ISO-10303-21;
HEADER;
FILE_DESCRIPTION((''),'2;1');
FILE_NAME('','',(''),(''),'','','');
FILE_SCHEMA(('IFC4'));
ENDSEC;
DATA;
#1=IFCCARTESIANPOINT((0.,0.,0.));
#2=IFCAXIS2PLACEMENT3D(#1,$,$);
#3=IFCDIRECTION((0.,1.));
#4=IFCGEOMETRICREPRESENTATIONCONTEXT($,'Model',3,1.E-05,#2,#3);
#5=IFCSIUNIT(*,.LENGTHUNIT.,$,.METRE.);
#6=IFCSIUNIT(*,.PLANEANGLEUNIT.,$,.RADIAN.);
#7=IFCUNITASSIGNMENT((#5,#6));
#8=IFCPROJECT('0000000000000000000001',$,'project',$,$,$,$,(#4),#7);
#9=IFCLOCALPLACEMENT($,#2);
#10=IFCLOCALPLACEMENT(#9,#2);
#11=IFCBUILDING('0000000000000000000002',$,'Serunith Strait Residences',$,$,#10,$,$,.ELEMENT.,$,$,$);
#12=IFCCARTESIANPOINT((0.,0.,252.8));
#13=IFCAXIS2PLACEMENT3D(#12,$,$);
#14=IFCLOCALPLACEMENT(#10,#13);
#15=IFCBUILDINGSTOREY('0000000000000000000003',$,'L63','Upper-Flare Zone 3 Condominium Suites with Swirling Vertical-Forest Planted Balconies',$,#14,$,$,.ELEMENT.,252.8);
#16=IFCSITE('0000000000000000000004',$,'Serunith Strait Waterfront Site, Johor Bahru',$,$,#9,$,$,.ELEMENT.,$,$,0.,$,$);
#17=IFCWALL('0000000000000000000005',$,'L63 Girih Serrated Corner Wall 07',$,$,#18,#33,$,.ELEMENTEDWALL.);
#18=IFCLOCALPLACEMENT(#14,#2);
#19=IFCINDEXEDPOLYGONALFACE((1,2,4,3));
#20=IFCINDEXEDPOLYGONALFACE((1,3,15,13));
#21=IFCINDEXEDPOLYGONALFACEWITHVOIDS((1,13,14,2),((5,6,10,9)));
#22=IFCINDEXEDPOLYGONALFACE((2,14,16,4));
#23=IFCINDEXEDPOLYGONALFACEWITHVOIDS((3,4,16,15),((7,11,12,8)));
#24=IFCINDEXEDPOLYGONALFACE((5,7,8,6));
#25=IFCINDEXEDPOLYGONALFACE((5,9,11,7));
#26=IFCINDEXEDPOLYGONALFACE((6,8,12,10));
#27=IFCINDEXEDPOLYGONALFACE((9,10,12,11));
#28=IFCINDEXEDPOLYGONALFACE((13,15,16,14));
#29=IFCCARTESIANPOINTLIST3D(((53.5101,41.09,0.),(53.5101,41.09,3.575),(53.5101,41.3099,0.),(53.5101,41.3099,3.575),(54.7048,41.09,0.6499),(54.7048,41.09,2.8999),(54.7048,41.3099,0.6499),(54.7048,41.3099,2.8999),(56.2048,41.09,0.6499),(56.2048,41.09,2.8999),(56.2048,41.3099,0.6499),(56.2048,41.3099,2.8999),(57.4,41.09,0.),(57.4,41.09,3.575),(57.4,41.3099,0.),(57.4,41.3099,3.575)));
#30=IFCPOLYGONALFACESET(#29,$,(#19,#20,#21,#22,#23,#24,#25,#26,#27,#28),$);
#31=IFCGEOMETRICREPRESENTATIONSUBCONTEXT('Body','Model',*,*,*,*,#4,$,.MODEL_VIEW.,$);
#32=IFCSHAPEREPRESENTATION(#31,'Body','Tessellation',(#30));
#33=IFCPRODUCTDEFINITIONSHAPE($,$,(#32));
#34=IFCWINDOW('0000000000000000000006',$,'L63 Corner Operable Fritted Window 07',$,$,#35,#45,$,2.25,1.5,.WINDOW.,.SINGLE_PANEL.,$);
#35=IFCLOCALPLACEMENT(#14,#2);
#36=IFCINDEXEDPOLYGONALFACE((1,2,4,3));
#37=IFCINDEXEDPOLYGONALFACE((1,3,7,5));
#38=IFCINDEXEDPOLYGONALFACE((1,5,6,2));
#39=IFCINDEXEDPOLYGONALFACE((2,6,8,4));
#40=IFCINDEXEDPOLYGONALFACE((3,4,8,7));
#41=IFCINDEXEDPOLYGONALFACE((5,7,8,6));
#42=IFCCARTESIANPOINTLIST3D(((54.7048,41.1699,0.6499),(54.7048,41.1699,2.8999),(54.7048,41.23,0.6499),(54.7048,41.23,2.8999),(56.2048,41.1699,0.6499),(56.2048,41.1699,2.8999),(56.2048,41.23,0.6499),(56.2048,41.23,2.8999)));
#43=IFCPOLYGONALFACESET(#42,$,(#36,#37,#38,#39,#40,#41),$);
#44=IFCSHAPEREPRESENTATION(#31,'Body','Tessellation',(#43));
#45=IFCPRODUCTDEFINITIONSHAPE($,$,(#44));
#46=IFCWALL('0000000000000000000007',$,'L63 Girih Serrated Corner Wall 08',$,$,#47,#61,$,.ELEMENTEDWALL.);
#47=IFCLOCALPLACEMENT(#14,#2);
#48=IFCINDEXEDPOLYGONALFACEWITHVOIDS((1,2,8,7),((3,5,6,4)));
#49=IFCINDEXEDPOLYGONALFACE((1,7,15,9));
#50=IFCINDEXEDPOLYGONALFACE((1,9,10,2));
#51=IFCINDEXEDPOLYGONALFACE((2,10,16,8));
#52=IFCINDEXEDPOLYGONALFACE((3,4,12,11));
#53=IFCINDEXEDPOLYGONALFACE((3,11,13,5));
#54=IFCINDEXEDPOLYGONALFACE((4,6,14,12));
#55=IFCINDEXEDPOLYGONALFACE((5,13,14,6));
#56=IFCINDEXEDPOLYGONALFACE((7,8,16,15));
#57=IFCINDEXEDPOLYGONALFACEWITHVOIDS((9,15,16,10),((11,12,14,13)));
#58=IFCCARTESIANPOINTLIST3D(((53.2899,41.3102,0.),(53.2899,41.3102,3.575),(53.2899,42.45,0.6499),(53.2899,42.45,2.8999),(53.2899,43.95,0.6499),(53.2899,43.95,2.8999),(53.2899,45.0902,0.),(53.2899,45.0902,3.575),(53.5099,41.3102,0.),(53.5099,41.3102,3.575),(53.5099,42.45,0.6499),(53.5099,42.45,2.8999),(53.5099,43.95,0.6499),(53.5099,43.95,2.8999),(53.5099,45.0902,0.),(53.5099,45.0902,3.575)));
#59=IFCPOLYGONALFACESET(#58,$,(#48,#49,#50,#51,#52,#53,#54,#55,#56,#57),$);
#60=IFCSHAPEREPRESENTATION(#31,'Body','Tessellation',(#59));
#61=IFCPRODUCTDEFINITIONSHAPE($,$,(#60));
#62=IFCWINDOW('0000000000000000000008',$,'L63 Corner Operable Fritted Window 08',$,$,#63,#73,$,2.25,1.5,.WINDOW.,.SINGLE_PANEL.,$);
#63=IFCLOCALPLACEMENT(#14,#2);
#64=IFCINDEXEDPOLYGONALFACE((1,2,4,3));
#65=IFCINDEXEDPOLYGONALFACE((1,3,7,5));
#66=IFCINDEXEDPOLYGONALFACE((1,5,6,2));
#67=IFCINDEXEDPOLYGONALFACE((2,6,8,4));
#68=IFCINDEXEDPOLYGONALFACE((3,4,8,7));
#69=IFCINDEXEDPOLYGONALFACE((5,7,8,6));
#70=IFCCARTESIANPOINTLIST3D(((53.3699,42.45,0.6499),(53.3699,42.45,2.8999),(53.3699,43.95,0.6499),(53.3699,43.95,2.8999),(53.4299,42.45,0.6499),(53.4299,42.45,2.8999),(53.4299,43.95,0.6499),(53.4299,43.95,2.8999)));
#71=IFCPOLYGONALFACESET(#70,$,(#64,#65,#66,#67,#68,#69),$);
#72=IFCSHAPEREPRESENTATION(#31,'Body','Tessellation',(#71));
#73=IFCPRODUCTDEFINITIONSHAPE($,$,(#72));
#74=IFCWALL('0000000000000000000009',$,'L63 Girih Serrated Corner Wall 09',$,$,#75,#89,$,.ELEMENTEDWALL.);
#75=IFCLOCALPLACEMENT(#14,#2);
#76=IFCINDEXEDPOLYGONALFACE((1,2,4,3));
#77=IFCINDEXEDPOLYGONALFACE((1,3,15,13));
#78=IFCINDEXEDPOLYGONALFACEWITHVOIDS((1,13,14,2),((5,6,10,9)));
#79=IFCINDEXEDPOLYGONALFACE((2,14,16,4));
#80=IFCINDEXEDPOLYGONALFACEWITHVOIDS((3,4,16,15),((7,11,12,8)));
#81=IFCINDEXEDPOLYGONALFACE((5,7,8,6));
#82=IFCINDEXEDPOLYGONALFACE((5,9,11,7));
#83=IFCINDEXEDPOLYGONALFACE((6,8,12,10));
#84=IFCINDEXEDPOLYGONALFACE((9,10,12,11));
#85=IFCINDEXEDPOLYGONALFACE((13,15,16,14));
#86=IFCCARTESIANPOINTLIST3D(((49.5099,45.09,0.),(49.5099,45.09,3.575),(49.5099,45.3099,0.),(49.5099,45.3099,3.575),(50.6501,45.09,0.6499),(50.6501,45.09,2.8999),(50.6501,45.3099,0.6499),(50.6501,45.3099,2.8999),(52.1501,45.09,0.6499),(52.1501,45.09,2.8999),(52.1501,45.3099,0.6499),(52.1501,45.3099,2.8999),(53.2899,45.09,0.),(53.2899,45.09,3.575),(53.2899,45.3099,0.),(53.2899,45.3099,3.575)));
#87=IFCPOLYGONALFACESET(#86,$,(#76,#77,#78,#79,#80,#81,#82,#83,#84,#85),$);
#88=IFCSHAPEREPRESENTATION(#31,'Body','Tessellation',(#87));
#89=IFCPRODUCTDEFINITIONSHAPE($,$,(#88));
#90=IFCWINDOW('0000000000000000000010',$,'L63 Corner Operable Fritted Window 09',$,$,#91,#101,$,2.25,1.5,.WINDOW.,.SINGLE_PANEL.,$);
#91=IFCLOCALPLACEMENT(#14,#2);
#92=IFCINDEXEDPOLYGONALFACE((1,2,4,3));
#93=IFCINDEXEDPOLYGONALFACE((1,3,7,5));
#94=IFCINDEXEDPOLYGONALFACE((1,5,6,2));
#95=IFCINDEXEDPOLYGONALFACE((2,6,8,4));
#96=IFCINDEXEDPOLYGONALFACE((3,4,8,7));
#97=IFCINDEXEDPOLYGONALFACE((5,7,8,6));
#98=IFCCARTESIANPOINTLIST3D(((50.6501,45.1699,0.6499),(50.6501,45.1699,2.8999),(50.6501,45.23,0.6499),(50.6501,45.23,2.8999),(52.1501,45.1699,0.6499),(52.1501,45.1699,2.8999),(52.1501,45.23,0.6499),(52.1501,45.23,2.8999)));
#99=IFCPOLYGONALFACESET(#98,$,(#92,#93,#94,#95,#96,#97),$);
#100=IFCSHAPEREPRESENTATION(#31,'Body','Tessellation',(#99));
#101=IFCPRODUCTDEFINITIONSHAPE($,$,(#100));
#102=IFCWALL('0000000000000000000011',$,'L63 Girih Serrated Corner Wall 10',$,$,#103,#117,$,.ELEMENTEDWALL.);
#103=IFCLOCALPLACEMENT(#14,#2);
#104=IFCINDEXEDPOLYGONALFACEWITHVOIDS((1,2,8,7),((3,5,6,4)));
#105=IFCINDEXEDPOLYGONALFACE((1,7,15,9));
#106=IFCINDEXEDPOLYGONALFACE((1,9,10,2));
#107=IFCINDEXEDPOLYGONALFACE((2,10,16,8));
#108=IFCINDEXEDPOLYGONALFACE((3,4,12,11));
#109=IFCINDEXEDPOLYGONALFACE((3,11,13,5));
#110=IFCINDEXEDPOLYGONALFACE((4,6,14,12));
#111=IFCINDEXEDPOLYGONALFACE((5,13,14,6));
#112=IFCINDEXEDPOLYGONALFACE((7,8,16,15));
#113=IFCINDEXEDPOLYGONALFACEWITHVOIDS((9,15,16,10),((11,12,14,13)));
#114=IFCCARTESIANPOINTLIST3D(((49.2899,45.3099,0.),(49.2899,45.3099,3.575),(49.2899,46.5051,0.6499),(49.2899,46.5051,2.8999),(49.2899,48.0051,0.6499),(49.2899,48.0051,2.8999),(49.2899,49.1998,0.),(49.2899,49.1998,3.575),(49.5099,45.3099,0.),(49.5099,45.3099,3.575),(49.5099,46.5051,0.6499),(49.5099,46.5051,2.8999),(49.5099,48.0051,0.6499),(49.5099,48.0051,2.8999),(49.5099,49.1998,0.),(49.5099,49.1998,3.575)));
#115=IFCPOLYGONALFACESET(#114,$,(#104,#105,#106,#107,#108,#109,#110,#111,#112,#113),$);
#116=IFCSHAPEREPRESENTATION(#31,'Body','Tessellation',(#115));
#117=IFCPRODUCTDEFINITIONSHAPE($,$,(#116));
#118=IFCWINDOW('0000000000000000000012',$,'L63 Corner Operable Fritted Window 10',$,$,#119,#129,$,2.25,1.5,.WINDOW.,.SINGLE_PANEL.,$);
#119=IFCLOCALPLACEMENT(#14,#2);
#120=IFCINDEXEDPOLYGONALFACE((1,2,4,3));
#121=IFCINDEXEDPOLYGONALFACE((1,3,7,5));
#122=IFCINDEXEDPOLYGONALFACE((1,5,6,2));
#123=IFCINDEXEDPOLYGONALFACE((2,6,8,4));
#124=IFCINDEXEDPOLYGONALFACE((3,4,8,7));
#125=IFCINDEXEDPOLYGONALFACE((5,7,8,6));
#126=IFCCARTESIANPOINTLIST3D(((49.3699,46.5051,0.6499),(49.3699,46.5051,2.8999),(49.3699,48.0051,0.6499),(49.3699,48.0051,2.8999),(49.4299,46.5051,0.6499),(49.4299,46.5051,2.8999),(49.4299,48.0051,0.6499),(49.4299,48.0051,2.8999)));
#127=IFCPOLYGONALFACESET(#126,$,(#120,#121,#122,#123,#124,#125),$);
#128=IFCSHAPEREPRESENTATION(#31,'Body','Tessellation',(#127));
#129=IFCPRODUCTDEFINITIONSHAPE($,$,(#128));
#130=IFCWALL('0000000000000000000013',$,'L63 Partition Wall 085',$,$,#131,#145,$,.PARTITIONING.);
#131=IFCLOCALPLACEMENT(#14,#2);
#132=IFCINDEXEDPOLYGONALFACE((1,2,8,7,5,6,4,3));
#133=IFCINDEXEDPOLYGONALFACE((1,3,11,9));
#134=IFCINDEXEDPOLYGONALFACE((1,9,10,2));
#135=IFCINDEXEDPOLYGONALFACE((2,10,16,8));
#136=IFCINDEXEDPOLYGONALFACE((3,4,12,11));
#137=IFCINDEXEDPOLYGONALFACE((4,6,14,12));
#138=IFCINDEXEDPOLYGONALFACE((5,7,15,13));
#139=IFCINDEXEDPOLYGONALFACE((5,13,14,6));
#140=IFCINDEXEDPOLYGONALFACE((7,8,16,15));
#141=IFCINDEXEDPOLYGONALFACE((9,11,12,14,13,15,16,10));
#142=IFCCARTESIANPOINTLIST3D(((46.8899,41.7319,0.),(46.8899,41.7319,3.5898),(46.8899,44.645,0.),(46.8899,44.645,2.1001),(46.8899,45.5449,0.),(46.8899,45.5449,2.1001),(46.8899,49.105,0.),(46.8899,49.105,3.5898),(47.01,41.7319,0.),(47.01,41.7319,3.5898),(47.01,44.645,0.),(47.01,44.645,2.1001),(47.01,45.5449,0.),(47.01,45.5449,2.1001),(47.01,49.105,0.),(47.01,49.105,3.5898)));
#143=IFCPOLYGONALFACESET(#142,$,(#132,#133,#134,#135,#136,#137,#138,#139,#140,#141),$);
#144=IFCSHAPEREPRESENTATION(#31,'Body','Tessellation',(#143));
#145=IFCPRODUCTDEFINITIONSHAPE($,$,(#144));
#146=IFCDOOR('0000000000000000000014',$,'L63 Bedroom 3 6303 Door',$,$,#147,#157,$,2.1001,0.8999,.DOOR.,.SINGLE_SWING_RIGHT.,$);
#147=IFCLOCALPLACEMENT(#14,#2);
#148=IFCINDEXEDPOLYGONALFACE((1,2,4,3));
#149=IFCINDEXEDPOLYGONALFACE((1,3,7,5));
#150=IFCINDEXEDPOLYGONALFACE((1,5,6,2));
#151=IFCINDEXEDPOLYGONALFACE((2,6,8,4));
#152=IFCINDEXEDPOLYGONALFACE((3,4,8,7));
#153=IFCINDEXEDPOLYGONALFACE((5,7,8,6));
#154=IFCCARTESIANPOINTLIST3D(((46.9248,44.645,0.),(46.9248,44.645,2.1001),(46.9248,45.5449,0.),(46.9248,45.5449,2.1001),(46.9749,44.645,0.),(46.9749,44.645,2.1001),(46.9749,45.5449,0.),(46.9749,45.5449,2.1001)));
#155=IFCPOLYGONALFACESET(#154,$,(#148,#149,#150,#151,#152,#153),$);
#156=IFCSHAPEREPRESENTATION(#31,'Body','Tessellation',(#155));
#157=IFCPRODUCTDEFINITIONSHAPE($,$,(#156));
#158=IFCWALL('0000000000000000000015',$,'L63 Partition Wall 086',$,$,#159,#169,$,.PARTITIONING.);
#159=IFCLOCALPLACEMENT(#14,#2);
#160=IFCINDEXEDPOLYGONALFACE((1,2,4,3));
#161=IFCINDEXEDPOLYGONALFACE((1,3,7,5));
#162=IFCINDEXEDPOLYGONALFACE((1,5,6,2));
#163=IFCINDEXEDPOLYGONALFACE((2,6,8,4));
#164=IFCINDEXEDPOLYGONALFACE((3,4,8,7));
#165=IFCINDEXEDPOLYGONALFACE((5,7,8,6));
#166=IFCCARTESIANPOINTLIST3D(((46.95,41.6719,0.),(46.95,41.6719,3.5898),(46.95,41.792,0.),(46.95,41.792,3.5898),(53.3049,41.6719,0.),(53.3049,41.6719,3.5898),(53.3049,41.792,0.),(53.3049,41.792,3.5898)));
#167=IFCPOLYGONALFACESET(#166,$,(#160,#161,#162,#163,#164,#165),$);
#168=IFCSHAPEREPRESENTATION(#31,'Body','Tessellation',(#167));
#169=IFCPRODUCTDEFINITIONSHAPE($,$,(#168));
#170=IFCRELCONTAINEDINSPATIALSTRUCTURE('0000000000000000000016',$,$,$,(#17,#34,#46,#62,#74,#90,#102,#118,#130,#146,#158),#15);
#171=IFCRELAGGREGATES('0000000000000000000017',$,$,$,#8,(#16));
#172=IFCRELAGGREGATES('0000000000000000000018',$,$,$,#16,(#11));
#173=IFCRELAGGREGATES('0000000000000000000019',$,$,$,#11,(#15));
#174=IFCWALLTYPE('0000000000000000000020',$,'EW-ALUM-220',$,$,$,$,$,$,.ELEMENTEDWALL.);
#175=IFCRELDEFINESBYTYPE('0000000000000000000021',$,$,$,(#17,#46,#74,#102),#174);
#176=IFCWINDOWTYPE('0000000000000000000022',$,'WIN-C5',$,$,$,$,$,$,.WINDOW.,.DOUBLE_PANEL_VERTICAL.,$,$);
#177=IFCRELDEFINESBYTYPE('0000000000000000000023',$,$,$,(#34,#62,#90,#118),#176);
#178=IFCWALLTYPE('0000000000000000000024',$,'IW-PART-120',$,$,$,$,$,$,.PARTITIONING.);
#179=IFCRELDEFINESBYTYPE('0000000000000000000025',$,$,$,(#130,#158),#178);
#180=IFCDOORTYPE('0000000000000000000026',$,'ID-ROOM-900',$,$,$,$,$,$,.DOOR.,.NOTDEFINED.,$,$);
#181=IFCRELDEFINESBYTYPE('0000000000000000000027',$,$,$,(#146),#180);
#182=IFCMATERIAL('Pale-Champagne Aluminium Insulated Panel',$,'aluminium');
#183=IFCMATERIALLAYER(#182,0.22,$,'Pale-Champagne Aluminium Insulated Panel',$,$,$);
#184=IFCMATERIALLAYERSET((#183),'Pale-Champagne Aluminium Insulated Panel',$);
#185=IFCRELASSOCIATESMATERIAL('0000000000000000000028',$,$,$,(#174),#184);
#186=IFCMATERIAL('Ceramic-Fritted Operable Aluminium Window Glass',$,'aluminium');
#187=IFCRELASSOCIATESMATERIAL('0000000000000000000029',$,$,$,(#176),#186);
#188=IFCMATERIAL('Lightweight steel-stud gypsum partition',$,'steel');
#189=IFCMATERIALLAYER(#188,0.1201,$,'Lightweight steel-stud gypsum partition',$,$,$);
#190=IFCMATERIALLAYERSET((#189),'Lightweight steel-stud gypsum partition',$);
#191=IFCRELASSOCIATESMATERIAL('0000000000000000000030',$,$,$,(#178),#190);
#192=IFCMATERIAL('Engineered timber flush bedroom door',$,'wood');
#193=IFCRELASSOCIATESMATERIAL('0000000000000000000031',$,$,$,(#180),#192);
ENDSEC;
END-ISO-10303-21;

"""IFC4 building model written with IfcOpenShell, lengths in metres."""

from ifc_helpers import new_model, si_unit, direction, frame, frame_2d, origin, place, context, subcontext, project, spatial, rectangle, extrude, source, transform, mapped, material, layer, layer_set, type_object, element, fill, save


model = new_model("IFC4")

# Units and contexts
model_context = context("Model", 3, precision=1e-05, world=origin(), true_north=direction((0.0, 1.0)))
body_context = subcontext(model_context, "Body", "Model", "MODEL_VIEW")
ifc_project = project(units=[si_unit("LENGTHUNIT", "METRE"), si_unit("PLANEANGLEUNIT", "RADIAN")], contexts=[model_context])

# Site, building, storey
site_placement = place(None, origin())
site = spatial("IfcSite", under=ifc_project, at=site_placement, Name="Serunith Strait Waterfront Site, Johor Bahru", CompositionType="ELEMENT", RefElevation=0.0)
building_placement = place(site_placement, origin())
building = spatial("IfcBuilding", under=site, at=building_placement, Name="Serunith Strait Residences", CompositionType="ELEMENT")
storey_placement = place(building_placement, frame((0.0, 0.0, 252.8)))
storey = spatial("IfcBuildingStorey", under=building, at=storey_placement, Name="L63", Description="Upper-Flare Zone 3 Condominium Suites with Swirling Vertical-Forest Planted Balconies", CompositionType="ELEMENT", Elevation=252.8)

# Walls, openings, windows
ifc_material_1 = material(Name="Pale-Champagne Aluminium Insulated Panel", Category="aluminium")
ifc_layer_1 = layer(ifc_material_1, 0.22, Name="Pale-Champagne Aluminium Insulated Panel")
ifc_layer_set_1 = layer_set([ifc_layer_1], Name="Pale-Champagne Aluminium Insulated Panel")
wall_type_1 = type_object("IfcWallType", Name="EW-ALUM-220", PredefinedType="ELEMENTEDWALL", material=ifc_layer_set_1)
wall_1_placement = place(storey_placement, frame((57.3999, 41.2, 0.0), z_axis=(0.0, 0.0, 1.0), x_axis=(-1.0, 0.0, 0.0)))
wall_1 = element("IfcWall", 1, at=wall_1_placement, inside=storey, type_object=wall_type_1, Name="L63 Girih Serrated Corner Wall 07", PredefinedType="ELEMENTEDWALL", context=body_context, shape_type="SweptSolid", body=[
    extrude(rectangle(XDim=3.8899, YDim=0.22, at=frame_2d((1.9448, 0.0))), origin(), (0.0, 0.0, 1.0), 3.575),
])
opening_1_placement = place(wall_1_placement, frame((1.1951, 0.0, 0.6499)))
opening_1 = element("IfcOpeningElement", 2, at=opening_1_placement, cuts=wall_1, PredefinedType="OPENING", context=body_context, shape_type="SweptSolid", body=[
    extrude(rectangle(XDim=1.5, YDim=2.25, at=frame_2d((0.75, 1.125))), frame((0.0, 0.1201, 0.0), z_axis=(0.0, -1.0, 0.0), x_axis=(1.0, 0.0, 0.0)), (0.0, 0.0, 1.0), 0.24),
])
ifc_material_2 = material(Name="Ceramic-Fritted Operable Aluminium Window Glass", Category="aluminium")
window_type = type_object("IfcWindowType", Name="WIN-C5", PartitioningType="DOUBLE_PANEL_VERTICAL", PredefinedType="WINDOW", material=ifc_material_2)
shared_shape_1 = source(origin(), body_context, "Body", "SweptSolid", [
    extrude(rectangle(XDim=1.5, YDim=2.25, at=frame_2d((0.75, 1.125))), frame((0.0, 0.03, 0.0), z_axis=(0.0, -1.0, 0.0), x_axis=(1.0, 0.0, 0.0)), (0.0, 0.0, 1.0), 0.0601),
])
window_1_placement = place(opening_1_placement, origin())
window_1 = element("IfcWindow", 3, at=window_1_placement, inside=storey, type_object=window_type, Name="L63 Corner Operable Fritted Window 07", OverallHeight=2.25, OverallWidth=1.5, PartitioningType="SINGLE_PANEL", PredefinedType="WINDOW", context=body_context, shape_type="MappedRepresentation", body=[
    mapped(shared_shape_1, transform((0.0, 0.0, 0.0), scale=1.0)),
])
fill(opening_1, window_1)
wall_2_placement = place(storey_placement, frame((53.3999, 41.3101, 0.0), z_axis=(0.0, 0.0, 1.0), x_axis=(0.0, 1.0, 0.0)))
wall_2 = element("IfcWall", 4, at=wall_2_placement, inside=storey, type_object=wall_type_1, Name="L63 Girih Serrated Corner Wall 08", PredefinedType="ELEMENTEDWALL", context=body_context, shape_type="SweptSolid", body=[
    extrude(rectangle(XDim=3.78, YDim=0.22, at=frame_2d((1.8901, 0.0))), origin(), (0.0, 0.0, 1.0), 3.575),
])
opening_2_placement = place(wall_2_placement, frame((1.1399, 0.0, 0.6499)))
opening_2 = element("IfcOpeningElement", 5, at=opening_2_placement, cuts=wall_2, PredefinedType="OPENING", context=body_context, shape_type="SweptSolid", body=[
    extrude(rectangle(XDim=1.5, YDim=2.25, at=frame_2d((0.75, 1.125))), frame((0.0, 0.1201, 0.0), z_axis=(0.0, -1.0, 0.0), x_axis=(1.0, 0.0, 0.0)), (0.0, 0.0, 1.0), 0.24),
])
window_2_placement = place(opening_2_placement, origin())
window_2 = element("IfcWindow", 6, at=window_2_placement, inside=storey, type_object=window_type, Name="L63 Corner Operable Fritted Window 08", OverallHeight=2.25, OverallWidth=1.5, PartitioningType="SINGLE_PANEL", PredefinedType="WINDOW", context=body_context, shape_type="MappedRepresentation", body=[
    mapped(shared_shape_1, transform((0.0, 0.0, 0.0), scale=1.0)),
])
fill(opening_2, window_2)
wall_3_placement = place(storey_placement, frame((53.29, 45.2, 0.0), z_axis=(0.0, 0.0, 1.0), x_axis=(-1.0, 0.0, 0.0)))
wall_3 = element("IfcWall", 7, at=wall_3_placement, inside=storey, type_object=wall_type_1, Name="L63 Girih Serrated Corner Wall 09", PredefinedType="ELEMENTEDWALL", context=body_context, shape_type="SweptSolid", body=[
    extrude(rectangle(XDim=3.78, YDim=0.22, at=frame_2d((1.8901, 0.0))), origin(), (0.0, 0.0, 1.0), 3.575),
])
opening_3_placement = place(wall_3_placement, frame((1.1399, 0.0, 0.6499)))
opening_3 = element("IfcOpeningElement", 8, at=opening_3_placement, cuts=wall_3, PredefinedType="OPENING", context=body_context, shape_type="SweptSolid", body=[
    extrude(rectangle(XDim=1.5, YDim=2.25, at=frame_2d((0.75, 1.125))), frame((0.0, 0.1201, 0.0), z_axis=(0.0, -1.0, 0.0), x_axis=(1.0, 0.0, 0.0)), (0.0, 0.0, 1.0), 0.24),
])
window_3_placement = place(opening_3_placement, origin())
window_3 = element("IfcWindow", 9, at=window_3_placement, inside=storey, type_object=window_type, Name="L63 Corner Operable Fritted Window 09", OverallHeight=2.25, OverallWidth=1.5, PartitioningType="SINGLE_PANEL", PredefinedType="WINDOW", context=body_context, shape_type="MappedRepresentation", body=[
    mapped(shared_shape_1, transform((0.0, 0.0, 0.0), scale=1.0)),
])
fill(opening_3, window_3)
wall_4_placement = place(storey_placement, frame((49.3999, 45.3101, 0.0), z_axis=(0.0, 0.0, 1.0), x_axis=(0.0, 1.0, 0.0)))
wall_4 = element("IfcWall", 10, at=wall_4_placement, inside=storey, type_object=wall_type_1, Name="L63 Girih Serrated Corner Wall 10", PredefinedType="ELEMENTEDWALL", context=body_context, shape_type="SweptSolid", body=[
    extrude(rectangle(XDim=3.8899, YDim=0.22, at=frame_2d((1.9448, 0.0))), origin(), (0.0, 0.0, 1.0), 3.575),
])
opening_4_placement = place(wall_4_placement, frame((1.1951, 0.0, 0.6499)))
opening_4 = element("IfcOpeningElement", 11, at=opening_4_placement, cuts=wall_4, PredefinedType="OPENING", context=body_context, shape_type="SweptSolid", body=[
    extrude(rectangle(XDim=1.5, YDim=2.25, at=frame_2d((0.75, 1.125))), frame((0.0, 0.1201, 0.0), z_axis=(0.0, -1.0, 0.0), x_axis=(1.0, 0.0, 0.0)), (0.0, 0.0, 1.0), 0.24),
])
window_4_placement = place(opening_4_placement, origin())
window_4 = element("IfcWindow", 12, at=window_4_placement, inside=storey, type_object=window_type, Name="L63 Corner Operable Fritted Window 10", OverallHeight=2.25, OverallWidth=1.5, PartitioningType="SINGLE_PANEL", PredefinedType="WINDOW", context=body_context, shape_type="MappedRepresentation", body=[
    mapped(shared_shape_1, transform((0.0, 0.0, 0.0), scale=1.0)),
])
fill(opening_4, window_4)

# Wall, opening, door
ifc_material_3 = material(Name="Lightweight steel-stud gypsum partition", Category="steel")
ifc_layer_2 = layer(ifc_material_3, 0.1201, Name="Lightweight steel-stud gypsum partition")
ifc_layer_set_2 = layer_set([ifc_layer_2], Name="Lightweight steel-stud gypsum partition")
wall_type_2 = type_object("IfcWallType", Name="IW-PART-120", PredefinedType="PARTITIONING", material=ifc_layer_set_2)
wall_5_placement = place(storey_placement, frame((46.95, 49.105, 0.0), z_axis=(0.0, 0.0, 1.0), x_axis=(0.0, -1.0, 0.0)))
wall_5 = element("IfcWall", 13, at=wall_5_placement, inside=storey, type_object=wall_type_2, Name="L63 Partition Wall 085", PredefinedType="PARTITIONING", context=body_context, shape_type="SweptSolid", body=[
    extrude(rectangle(XDim=7.373, YDim=0.1201, at=frame_2d((3.6865, 0.0))), origin(), (0.0, 0.0, 1.0), 3.5898),
])
opening_5_placement = place(wall_5_placement, frame((3.5601, 0.0, 0.0)))
opening_5 = element("IfcOpeningElement", 14, at=opening_5_placement, cuts=wall_5, PredefinedType="OPENING", context=body_context, shape_type="SweptSolid", body=[
    extrude(rectangle(XDim=0.8999, YDim=2.1001, at=frame_2d((0.45, 1.05))), frame((0.0, 0.0701, 0.0), z_axis=(0.0, -1.0, 0.0), x_axis=(1.0, 0.0, 0.0)), (0.0, 0.0, 1.0), 0.1401),
])
ifc_material_4 = material(Name="Engineered timber flush bedroom door", Category="wood")
door_type_1 = type_object("IfcDoorType", Name="ID-ROOM-900", OperationType="NOTDEFINED", PredefinedType="DOOR", material=ifc_material_4)
shared_shape_2 = source(origin(), body_context, "Body", "SweptSolid", [
    extrude(rectangle(XDim=0.8999, YDim=2.1001, at=frame_2d((0.45, 1.05))), frame((0.0, 0.0249, 0.0), z_axis=(0.0, -1.0, 0.0), x_axis=(1.0, 0.0, 0.0)), (0.0, 0.0, 1.0), 0.05),
])
door_1_placement = place(opening_5_placement, origin())
door_1 = element("IfcDoor", 15, at=door_1_placement, inside=storey, type_object=door_type_1, Name="L63 Bedroom 3 6303 Door", OperationType="SINGLE_SWING_RIGHT", OverallHeight=2.1001, OverallWidth=0.8999, PredefinedType="DOOR", context=body_context, shape_type="MappedRepresentation", body=[
    mapped(shared_shape_2, transform((0.0, 0.0, 0.0), scale=1.0)),
])
fill(opening_5, door_1)

# Wall
wall_6_placement = place(storey_placement, frame((46.95, 41.7319, 0.0), z_axis=(0.0, 0.0, 1.0), x_axis=(1.0, 0.0, 0.0)))
element("IfcWall", 16, at=wall_6_placement, inside=storey, type_object=wall_type_2, Name="L63 Partition Wall 086", PredefinedType="PARTITIONING", context=body_context, shape_type="SweptSolid", body=[
    extrude(rectangle(XDim=6.355, YDim=0.1201, at=frame_2d((3.1775, 0.0))), origin(), (0.0, 0.0, 1.0), 3.5898),
])

save(model, "model.ifc")
